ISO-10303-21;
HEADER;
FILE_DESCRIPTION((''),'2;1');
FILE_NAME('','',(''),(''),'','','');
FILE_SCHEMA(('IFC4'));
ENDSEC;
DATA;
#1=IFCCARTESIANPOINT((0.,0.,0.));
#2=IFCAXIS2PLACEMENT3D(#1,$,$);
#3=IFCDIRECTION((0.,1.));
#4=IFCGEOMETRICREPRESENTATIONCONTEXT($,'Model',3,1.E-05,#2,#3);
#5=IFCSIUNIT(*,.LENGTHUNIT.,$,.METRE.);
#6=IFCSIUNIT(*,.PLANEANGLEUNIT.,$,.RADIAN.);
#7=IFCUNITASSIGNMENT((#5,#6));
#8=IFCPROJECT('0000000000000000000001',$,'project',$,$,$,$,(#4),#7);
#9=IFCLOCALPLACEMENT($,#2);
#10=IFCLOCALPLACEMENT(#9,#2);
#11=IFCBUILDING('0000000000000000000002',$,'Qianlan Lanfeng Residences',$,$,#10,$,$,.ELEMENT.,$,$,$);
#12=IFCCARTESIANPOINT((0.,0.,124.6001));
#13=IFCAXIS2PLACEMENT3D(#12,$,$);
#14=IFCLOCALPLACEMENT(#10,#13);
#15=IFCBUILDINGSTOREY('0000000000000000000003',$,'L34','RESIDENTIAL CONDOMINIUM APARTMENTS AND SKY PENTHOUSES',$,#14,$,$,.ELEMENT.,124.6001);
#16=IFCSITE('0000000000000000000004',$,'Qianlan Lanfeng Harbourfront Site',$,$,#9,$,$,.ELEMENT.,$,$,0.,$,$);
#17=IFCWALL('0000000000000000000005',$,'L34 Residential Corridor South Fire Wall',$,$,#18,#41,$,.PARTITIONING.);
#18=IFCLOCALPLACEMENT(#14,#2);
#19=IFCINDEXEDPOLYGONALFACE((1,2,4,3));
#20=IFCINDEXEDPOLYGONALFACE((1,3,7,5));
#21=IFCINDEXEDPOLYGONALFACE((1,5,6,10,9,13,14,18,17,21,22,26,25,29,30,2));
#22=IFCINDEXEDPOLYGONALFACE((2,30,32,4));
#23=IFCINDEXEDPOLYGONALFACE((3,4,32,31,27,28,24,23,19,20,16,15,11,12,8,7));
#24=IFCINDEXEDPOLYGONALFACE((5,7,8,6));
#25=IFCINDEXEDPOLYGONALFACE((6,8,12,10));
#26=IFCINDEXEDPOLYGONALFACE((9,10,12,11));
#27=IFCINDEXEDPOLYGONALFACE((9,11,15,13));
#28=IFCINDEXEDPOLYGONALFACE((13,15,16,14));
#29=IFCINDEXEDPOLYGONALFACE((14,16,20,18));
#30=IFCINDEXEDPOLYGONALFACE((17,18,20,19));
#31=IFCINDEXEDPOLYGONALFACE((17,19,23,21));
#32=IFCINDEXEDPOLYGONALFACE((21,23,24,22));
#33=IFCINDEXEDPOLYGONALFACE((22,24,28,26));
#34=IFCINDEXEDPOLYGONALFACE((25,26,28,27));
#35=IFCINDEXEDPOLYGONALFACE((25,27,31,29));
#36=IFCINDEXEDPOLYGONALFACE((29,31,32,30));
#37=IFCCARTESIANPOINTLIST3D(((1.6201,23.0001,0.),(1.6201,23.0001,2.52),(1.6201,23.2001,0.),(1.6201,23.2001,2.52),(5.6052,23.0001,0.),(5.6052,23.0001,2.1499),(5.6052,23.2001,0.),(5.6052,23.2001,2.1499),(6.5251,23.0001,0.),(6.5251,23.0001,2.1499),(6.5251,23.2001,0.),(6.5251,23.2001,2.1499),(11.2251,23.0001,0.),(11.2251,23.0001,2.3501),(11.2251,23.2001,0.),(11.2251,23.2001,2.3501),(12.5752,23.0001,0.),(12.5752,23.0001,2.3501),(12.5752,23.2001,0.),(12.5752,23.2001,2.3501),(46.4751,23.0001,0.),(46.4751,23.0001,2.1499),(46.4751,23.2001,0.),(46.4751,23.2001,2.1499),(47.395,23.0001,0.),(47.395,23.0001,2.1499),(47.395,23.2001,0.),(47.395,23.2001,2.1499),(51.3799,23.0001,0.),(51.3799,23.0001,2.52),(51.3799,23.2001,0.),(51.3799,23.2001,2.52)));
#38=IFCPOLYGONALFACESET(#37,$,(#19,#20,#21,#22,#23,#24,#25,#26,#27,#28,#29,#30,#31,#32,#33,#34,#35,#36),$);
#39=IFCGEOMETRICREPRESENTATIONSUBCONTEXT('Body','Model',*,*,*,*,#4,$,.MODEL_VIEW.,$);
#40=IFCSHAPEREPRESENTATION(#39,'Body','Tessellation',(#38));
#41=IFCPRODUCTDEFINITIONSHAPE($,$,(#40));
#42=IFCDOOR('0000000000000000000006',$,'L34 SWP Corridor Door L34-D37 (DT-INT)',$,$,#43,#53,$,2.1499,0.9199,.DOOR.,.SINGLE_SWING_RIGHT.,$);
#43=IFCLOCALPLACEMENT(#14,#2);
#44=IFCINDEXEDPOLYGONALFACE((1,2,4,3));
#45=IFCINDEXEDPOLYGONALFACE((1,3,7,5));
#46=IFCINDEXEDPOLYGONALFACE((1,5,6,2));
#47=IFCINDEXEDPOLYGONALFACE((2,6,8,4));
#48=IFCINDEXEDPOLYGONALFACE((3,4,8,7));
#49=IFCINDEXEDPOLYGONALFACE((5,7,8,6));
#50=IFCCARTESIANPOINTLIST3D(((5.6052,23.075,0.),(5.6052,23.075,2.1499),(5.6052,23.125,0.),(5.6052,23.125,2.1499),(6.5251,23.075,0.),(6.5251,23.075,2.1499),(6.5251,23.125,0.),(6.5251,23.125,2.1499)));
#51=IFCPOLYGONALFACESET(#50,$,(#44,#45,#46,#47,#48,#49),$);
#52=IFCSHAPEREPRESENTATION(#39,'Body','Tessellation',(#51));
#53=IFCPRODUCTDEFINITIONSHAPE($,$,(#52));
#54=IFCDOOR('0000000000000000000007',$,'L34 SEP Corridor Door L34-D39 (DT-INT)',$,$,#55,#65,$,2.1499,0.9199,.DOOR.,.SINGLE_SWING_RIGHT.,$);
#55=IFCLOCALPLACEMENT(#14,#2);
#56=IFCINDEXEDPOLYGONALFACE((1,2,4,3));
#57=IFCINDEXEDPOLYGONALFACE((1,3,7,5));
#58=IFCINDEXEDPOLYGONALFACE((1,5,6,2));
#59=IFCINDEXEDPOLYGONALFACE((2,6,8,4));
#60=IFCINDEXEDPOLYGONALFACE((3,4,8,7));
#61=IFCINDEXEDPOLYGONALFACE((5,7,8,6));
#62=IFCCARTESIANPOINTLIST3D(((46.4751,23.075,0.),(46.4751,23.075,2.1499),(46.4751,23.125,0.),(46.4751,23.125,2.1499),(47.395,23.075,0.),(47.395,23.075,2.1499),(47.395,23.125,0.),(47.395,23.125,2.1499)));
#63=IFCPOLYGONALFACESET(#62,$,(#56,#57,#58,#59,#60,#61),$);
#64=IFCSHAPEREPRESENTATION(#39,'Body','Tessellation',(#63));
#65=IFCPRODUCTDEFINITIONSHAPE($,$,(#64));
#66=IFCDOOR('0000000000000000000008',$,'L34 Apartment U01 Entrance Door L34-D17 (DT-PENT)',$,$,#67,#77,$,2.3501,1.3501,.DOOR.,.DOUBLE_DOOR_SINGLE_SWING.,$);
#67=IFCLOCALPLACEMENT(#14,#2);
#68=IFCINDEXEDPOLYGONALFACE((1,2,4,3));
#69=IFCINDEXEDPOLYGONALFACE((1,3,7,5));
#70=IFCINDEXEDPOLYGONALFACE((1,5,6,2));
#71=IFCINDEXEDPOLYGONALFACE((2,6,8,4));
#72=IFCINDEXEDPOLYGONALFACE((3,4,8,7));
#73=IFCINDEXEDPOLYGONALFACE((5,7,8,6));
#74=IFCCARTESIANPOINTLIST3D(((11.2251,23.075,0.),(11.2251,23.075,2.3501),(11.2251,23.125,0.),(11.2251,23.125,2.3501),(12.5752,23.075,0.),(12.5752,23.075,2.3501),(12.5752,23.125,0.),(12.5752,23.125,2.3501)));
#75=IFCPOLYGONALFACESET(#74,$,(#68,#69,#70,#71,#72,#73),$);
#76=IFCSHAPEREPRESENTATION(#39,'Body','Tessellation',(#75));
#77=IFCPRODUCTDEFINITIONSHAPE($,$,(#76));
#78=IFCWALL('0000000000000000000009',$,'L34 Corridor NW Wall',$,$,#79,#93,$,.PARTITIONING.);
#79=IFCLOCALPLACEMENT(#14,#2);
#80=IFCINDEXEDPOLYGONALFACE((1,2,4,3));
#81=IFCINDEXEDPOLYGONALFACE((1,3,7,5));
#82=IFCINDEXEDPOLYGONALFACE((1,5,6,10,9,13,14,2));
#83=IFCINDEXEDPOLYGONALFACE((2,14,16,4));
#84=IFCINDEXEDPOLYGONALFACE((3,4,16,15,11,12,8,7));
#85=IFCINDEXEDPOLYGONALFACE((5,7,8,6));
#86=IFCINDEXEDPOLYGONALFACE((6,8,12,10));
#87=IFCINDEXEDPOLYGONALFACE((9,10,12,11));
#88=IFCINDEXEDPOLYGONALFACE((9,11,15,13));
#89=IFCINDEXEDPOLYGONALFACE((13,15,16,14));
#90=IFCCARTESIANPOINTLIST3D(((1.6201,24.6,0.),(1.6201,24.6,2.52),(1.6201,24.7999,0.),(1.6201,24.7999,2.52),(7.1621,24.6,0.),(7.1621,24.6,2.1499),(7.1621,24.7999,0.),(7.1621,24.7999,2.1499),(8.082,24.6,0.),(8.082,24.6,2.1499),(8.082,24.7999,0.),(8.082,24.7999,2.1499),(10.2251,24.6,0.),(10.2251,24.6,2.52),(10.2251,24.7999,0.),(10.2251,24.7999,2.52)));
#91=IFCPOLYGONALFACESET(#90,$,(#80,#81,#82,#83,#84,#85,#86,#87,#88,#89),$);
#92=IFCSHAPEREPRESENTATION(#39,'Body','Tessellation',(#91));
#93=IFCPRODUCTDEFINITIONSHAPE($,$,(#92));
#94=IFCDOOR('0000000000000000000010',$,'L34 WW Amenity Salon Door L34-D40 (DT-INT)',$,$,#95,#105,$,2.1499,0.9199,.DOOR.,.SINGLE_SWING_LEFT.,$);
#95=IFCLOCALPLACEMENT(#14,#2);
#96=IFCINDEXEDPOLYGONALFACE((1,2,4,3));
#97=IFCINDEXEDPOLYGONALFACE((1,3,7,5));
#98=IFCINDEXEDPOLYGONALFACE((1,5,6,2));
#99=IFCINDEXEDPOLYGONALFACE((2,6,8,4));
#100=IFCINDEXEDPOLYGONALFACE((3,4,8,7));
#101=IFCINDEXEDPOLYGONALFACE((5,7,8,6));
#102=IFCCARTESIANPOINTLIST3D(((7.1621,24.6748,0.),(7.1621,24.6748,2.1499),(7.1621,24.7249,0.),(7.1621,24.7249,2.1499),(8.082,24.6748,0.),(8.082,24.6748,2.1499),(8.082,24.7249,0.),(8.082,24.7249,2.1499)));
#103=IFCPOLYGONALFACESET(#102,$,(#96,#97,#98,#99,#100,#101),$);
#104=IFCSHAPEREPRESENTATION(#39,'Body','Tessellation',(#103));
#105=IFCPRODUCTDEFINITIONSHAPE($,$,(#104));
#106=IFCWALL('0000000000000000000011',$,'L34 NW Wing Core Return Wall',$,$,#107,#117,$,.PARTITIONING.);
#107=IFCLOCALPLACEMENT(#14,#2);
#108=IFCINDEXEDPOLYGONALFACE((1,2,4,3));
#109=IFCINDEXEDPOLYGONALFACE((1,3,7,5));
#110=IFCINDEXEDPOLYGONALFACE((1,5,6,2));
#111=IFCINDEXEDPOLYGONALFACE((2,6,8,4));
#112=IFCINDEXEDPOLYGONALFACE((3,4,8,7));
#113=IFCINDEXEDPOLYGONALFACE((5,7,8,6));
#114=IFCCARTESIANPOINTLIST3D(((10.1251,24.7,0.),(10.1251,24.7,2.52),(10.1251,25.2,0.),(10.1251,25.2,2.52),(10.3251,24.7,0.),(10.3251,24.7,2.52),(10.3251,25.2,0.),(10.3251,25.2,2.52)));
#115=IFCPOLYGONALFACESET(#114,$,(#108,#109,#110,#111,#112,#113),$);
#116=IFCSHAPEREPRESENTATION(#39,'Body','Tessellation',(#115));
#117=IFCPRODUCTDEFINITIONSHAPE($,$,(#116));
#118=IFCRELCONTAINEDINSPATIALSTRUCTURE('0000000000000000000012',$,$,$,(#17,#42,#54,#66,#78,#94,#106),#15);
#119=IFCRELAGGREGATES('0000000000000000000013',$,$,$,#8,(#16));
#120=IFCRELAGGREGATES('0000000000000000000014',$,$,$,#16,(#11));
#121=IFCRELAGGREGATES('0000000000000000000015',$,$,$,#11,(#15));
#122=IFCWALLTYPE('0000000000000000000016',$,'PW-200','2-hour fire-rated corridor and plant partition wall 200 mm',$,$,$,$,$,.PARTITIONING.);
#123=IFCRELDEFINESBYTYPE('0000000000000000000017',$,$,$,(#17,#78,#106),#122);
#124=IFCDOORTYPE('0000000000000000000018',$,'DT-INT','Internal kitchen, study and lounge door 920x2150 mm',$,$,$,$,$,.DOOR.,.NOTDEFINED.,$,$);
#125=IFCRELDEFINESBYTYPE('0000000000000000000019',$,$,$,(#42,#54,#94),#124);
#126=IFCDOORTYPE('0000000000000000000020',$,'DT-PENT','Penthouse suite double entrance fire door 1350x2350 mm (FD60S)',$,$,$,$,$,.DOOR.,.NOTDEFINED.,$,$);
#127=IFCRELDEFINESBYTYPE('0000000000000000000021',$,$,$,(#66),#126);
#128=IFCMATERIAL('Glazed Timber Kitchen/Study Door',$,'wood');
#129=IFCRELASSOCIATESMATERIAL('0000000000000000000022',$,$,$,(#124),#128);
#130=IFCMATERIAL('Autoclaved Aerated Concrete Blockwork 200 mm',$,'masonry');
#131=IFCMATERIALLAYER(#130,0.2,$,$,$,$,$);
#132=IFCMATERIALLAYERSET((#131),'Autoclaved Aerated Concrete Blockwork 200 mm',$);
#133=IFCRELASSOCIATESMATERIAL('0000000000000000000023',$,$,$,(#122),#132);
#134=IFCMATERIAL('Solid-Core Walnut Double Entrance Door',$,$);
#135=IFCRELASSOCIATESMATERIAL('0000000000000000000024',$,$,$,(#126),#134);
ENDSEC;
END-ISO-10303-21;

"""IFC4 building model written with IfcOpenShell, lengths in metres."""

from ifc_helpers import new_model, si_unit, direction, frame, frame_2d, origin, place, context, subcontext, project, spatial, rectangle, extrude, material, layer, layer_set, type_object, element, fill, save


model = new_model("IFC4")

# Units and contexts
model_context = context("Model", 3, precision=1e-05, world=origin(), true_north=direction((0.0, 1.0)))
body_context = subcontext(model_context, "Body", "Model", "MODEL_VIEW")
ifc_project = project(units=[si_unit("LENGTHUNIT", "METRE"), si_unit("PLANEANGLEUNIT", "RADIAN")], contexts=[model_context])

# Site, building, storey
site_placement = place(None, origin())
site = spatial("IfcSite", under=ifc_project, at=site_placement, Name="Qianlan Lanfeng Harbourfront Site", CompositionType="ELEMENT", RefElevation=0.0)
building_placement = place(site_placement, origin())
building = spatial("IfcBuilding", under=site, at=building_placement, Name="Qianlan Lanfeng Residences", CompositionType="ELEMENT")
storey_placement = place(building_placement, frame((0.0, 0.0, 124.6001)))
storey = spatial("IfcBuildingStorey", under=building, at=storey_placement, Name="L34", Description="RESIDENTIAL CONDOMINIUM APARTMENTS AND SKY PENTHOUSES", CompositionType="ELEMENT", Elevation=124.6001)

# Shared definitions
ifc_material_1 = material(Name="Glazed Timber Kitchen/Study Door", Category="wood")
door_type_1 = type_object("IfcDoorType", Name="DT-INT", Description="Internal kitchen, study and lounge door 920x2150 mm", OperationType="NOTDEFINED", PredefinedType="DOOR", material=ifc_material_1)

# Wall, openings, doors
ifc_material_2 = material(Name="Autoclaved Aerated Concrete Blockwork 200 mm", Category="masonry")
ifc_layer_1 = layer(ifc_material_2, 0.2)
ifc_layer_set_1 = layer_set([ifc_layer_1], Name="Autoclaved Aerated Concrete Blockwork 200 mm")
wall_type_1 = type_object("IfcWallType", Name="PW-200", Description="2-hour fire-rated corridor and plant partition wall 200 mm", PredefinedType="PARTITIONING", material=ifc_layer_set_1)
wall_1_placement = place(storey_placement, frame((1.6201, 23.1001, 0.0), z_axis=(0.0, 0.0, 1.0), x_axis=(1.0, 0.0, 0.0)))
wall_1 = element("IfcWall", 1, at=wall_1_placement, inside=storey, type_object=wall_type_1, Name="L34 Residential Corridor South Fire Wall", PredefinedType="PARTITIONING", context=body_context, shape_type="SweptSolid", body=[
    extrude(rectangle(XDim=49.7598, YDim=0.2, at=frame_2d((24.8799, 0.0))), origin(), (0.0, 0.0, 1.0), 2.52),
])
opening_1_placement = place(wall_1_placement, frame((9.605, 0.0, 0.0)))
opening_1 = element("IfcOpeningElement", 2, at=opening_1_placement, cuts=wall_1, PredefinedType="OPENING", context=body_context, shape_type="SweptSolid", body=[
    extrude(rectangle(XDim=1.3501, YDim=2.3501, at=frame_2d((0.675, 1.175))), frame((0.0, 0.1099, 0.0), z_axis=(0.0, -1.0, 0.0), x_axis=(1.0, 0.0, 0.0)), (0.0, 0.0, 1.0), 0.22),
])
opening_2_placement = place(wall_1_placement, frame((3.9851, 0.0, 0.0)))
opening_2 = element("IfcOpeningElement", 3, at=opening_2_placement, cuts=wall_1, PredefinedType="OPENING", context=body_context, shape_type="SweptSolid", body=[
    extrude(rectangle(XDim=0.9199, YDim=2.1499, at=frame_2d((0.46, 1.075))), frame((0.0, 0.1099, 0.0), z_axis=(0.0, -1.0, 0.0), x_axis=(1.0, 0.0, 0.0)), (0.0, 0.0, 1.0), 0.22),
])
opening_3_placement = place(wall_1_placement, frame((44.855, 0.0, 0.0)))
opening_3 = element("IfcOpeningElement", 4, at=opening_3_placement, cuts=wall_1, PredefinedType="OPENING", context=body_context, shape_type="SweptSolid", body=[
    extrude(rectangle(XDim=0.9199, YDim=2.1499, at=frame_2d((0.46, 1.075))), frame((0.0, 0.1099, 0.0), z_axis=(0.0, -1.0, 0.0), x_axis=(1.0, 0.0, 0.0)), (0.0, 0.0, 1.0), 0.22),
])
door_1_placement = place(opening_2_placement, origin())
door_1 = element("IfcDoor", 5, at=door_1_placement, inside=storey, type_object=door_type_1, Name="L34 SWP Corridor Door L34-D37 (DT-INT)", OperationType="SINGLE_SWING_RIGHT", OverallHeight=2.1499, OverallWidth=0.9199, PredefinedType="DOOR", context=body_context, shape_type="SweptSolid", body=[
    extrude(rectangle(XDim=0.9199, YDim=2.1499, at=frame_2d((0.46, 1.075))), frame((0.0, 0.0249, 0.0), z_axis=(0.0, -1.0, 0.0), x_axis=(1.0, 0.0, 0.0)), (0.0, 0.0, 1.0), 0.05),
])
fill(opening_2, door_1)
door_2_placement = place(opening_3_placement, origin())
door_2 = element("IfcDoor", 6, at=door_2_placement, inside=storey, type_object=door_type_1, Name="L34 SEP Corridor Door L34-D39 (DT-INT)", OperationType="SINGLE_SWING_RIGHT", OverallHeight=2.1499, OverallWidth=0.9199, PredefinedType="DOOR", context=body_context, shape_type="SweptSolid", body=[
    extrude(rectangle(XDim=0.9199, YDim=2.1499, at=frame_2d((0.46, 1.075))), frame((0.0, 0.0249, 0.0), z_axis=(0.0, -1.0, 0.0), x_axis=(1.0, 0.0, 0.0)), (0.0, 0.0, 1.0), 0.05),
])
fill(opening_3, door_2)
ifc_material_3 = material(Name="Solid-Core Walnut Double Entrance Door")
door_type_2 = type_object("IfcDoorType", Name="DT-PENT", Description="Penthouse suite double entrance fire door 1350x2350 mm (FD60S)", OperationType="NOTDEFINED", PredefinedType="DOOR", material=ifc_material_3)
door_3_placement = place(opening_1_placement, origin())
door_3 = element("IfcDoor", 7, at=door_3_placement, inside=storey, type_object=door_type_2, Name="L34 Apartment U01 Entrance Door L34-D17 (DT-PENT)", OperationType="DOUBLE_DOOR_SINGLE_SWING", OverallHeight=2.3501, OverallWidth=1.3501, PredefinedType="DOOR", context=body_context, shape_type="SweptSolid", body=[
    extrude(rectangle(XDim=1.3501, YDim=2.3501, at=frame_2d((0.675, 1.175))), frame((0.0, 0.0249, 0.0), z_axis=(0.0, -1.0, 0.0), x_axis=(1.0, 0.0, 0.0)), (0.0, 0.0, 1.0), 0.05),
])
fill(opening_1, door_3)

# Wall, opening, door
wall_2_placement = place(storey_placement, frame((1.6201, 24.7, 0.0), z_axis=(0.0, 0.0, 1.0), x_axis=(1.0, 0.0, 0.0)))
wall_2 = element("IfcWall", 8, at=wall_2_placement, inside=storey, type_object=wall_type_1, Name="L34 Corridor NW Wall", PredefinedType="PARTITIONING", context=body_context, shape_type="SweptSolid", body=[
    extrude(rectangle(XDim=8.605, YDim=0.2, at=frame_2d((4.3025, 0.0))), origin(), (0.0, 0.0, 1.0), 2.52),
])
opening_4_placement = place(wall_2_placement, frame((5.542, 0.0, 0.0)))
opening_4 = element("IfcOpeningElement", 9, at=opening_4_placement, cuts=wall_2, PredefinedType="OPENING", context=body_context, shape_type="SweptSolid", body=[
    extrude(rectangle(XDim=0.9199, YDim=2.1499, at=frame_2d((0.46, 1.075))), frame((0.0, 0.1099, 0.0), z_axis=(0.0, -1.0, 0.0), x_axis=(1.0, 0.0, 0.0)), (0.0, 0.0, 1.0), 0.22),
])
door_4_placement = place(opening_4_placement, origin())
door_4 = element("IfcDoor", 10, at=door_4_placement, inside=storey, type_object=door_type_1, Name="L34 WW Amenity Salon Door L34-D40 (DT-INT)", OperationType="SINGLE_SWING_LEFT", OverallHeight=2.1499, OverallWidth=0.9199, PredefinedType="DOOR", context=body_context, shape_type="SweptSolid", body=[
    extrude(rectangle(XDim=0.9199, YDim=2.1499, at=frame_2d((0.46, 1.075))), frame((0.0, 0.0249, 0.0), z_axis=(0.0, -1.0, 0.0), x_axis=(1.0, 0.0, 0.0)), (0.0, 0.0, 1.0), 0.05),
])
fill(opening_4, door_4)

# Wall
wall_3_placement = place(storey_placement, frame((10.2251, 24.7, 0.0), z_axis=(0.0, 0.0, 1.0), x_axis=(0.0, 1.0, 0.0)))
element("IfcWall", 11, at=wall_3_placement, inside=storey, type_object=wall_type_1, Name="L34 NW Wing Core Return Wall", PredefinedType="PARTITIONING", context=body_context, shape_type="SweptSolid", body=[
    extrude(rectangle(XDim=0.5, YDim=0.2, at=frame_2d((0.25, 0.0))), origin(), (0.0, 0.0, 1.0), 2.52),
])

save(model, "model.ifc")
